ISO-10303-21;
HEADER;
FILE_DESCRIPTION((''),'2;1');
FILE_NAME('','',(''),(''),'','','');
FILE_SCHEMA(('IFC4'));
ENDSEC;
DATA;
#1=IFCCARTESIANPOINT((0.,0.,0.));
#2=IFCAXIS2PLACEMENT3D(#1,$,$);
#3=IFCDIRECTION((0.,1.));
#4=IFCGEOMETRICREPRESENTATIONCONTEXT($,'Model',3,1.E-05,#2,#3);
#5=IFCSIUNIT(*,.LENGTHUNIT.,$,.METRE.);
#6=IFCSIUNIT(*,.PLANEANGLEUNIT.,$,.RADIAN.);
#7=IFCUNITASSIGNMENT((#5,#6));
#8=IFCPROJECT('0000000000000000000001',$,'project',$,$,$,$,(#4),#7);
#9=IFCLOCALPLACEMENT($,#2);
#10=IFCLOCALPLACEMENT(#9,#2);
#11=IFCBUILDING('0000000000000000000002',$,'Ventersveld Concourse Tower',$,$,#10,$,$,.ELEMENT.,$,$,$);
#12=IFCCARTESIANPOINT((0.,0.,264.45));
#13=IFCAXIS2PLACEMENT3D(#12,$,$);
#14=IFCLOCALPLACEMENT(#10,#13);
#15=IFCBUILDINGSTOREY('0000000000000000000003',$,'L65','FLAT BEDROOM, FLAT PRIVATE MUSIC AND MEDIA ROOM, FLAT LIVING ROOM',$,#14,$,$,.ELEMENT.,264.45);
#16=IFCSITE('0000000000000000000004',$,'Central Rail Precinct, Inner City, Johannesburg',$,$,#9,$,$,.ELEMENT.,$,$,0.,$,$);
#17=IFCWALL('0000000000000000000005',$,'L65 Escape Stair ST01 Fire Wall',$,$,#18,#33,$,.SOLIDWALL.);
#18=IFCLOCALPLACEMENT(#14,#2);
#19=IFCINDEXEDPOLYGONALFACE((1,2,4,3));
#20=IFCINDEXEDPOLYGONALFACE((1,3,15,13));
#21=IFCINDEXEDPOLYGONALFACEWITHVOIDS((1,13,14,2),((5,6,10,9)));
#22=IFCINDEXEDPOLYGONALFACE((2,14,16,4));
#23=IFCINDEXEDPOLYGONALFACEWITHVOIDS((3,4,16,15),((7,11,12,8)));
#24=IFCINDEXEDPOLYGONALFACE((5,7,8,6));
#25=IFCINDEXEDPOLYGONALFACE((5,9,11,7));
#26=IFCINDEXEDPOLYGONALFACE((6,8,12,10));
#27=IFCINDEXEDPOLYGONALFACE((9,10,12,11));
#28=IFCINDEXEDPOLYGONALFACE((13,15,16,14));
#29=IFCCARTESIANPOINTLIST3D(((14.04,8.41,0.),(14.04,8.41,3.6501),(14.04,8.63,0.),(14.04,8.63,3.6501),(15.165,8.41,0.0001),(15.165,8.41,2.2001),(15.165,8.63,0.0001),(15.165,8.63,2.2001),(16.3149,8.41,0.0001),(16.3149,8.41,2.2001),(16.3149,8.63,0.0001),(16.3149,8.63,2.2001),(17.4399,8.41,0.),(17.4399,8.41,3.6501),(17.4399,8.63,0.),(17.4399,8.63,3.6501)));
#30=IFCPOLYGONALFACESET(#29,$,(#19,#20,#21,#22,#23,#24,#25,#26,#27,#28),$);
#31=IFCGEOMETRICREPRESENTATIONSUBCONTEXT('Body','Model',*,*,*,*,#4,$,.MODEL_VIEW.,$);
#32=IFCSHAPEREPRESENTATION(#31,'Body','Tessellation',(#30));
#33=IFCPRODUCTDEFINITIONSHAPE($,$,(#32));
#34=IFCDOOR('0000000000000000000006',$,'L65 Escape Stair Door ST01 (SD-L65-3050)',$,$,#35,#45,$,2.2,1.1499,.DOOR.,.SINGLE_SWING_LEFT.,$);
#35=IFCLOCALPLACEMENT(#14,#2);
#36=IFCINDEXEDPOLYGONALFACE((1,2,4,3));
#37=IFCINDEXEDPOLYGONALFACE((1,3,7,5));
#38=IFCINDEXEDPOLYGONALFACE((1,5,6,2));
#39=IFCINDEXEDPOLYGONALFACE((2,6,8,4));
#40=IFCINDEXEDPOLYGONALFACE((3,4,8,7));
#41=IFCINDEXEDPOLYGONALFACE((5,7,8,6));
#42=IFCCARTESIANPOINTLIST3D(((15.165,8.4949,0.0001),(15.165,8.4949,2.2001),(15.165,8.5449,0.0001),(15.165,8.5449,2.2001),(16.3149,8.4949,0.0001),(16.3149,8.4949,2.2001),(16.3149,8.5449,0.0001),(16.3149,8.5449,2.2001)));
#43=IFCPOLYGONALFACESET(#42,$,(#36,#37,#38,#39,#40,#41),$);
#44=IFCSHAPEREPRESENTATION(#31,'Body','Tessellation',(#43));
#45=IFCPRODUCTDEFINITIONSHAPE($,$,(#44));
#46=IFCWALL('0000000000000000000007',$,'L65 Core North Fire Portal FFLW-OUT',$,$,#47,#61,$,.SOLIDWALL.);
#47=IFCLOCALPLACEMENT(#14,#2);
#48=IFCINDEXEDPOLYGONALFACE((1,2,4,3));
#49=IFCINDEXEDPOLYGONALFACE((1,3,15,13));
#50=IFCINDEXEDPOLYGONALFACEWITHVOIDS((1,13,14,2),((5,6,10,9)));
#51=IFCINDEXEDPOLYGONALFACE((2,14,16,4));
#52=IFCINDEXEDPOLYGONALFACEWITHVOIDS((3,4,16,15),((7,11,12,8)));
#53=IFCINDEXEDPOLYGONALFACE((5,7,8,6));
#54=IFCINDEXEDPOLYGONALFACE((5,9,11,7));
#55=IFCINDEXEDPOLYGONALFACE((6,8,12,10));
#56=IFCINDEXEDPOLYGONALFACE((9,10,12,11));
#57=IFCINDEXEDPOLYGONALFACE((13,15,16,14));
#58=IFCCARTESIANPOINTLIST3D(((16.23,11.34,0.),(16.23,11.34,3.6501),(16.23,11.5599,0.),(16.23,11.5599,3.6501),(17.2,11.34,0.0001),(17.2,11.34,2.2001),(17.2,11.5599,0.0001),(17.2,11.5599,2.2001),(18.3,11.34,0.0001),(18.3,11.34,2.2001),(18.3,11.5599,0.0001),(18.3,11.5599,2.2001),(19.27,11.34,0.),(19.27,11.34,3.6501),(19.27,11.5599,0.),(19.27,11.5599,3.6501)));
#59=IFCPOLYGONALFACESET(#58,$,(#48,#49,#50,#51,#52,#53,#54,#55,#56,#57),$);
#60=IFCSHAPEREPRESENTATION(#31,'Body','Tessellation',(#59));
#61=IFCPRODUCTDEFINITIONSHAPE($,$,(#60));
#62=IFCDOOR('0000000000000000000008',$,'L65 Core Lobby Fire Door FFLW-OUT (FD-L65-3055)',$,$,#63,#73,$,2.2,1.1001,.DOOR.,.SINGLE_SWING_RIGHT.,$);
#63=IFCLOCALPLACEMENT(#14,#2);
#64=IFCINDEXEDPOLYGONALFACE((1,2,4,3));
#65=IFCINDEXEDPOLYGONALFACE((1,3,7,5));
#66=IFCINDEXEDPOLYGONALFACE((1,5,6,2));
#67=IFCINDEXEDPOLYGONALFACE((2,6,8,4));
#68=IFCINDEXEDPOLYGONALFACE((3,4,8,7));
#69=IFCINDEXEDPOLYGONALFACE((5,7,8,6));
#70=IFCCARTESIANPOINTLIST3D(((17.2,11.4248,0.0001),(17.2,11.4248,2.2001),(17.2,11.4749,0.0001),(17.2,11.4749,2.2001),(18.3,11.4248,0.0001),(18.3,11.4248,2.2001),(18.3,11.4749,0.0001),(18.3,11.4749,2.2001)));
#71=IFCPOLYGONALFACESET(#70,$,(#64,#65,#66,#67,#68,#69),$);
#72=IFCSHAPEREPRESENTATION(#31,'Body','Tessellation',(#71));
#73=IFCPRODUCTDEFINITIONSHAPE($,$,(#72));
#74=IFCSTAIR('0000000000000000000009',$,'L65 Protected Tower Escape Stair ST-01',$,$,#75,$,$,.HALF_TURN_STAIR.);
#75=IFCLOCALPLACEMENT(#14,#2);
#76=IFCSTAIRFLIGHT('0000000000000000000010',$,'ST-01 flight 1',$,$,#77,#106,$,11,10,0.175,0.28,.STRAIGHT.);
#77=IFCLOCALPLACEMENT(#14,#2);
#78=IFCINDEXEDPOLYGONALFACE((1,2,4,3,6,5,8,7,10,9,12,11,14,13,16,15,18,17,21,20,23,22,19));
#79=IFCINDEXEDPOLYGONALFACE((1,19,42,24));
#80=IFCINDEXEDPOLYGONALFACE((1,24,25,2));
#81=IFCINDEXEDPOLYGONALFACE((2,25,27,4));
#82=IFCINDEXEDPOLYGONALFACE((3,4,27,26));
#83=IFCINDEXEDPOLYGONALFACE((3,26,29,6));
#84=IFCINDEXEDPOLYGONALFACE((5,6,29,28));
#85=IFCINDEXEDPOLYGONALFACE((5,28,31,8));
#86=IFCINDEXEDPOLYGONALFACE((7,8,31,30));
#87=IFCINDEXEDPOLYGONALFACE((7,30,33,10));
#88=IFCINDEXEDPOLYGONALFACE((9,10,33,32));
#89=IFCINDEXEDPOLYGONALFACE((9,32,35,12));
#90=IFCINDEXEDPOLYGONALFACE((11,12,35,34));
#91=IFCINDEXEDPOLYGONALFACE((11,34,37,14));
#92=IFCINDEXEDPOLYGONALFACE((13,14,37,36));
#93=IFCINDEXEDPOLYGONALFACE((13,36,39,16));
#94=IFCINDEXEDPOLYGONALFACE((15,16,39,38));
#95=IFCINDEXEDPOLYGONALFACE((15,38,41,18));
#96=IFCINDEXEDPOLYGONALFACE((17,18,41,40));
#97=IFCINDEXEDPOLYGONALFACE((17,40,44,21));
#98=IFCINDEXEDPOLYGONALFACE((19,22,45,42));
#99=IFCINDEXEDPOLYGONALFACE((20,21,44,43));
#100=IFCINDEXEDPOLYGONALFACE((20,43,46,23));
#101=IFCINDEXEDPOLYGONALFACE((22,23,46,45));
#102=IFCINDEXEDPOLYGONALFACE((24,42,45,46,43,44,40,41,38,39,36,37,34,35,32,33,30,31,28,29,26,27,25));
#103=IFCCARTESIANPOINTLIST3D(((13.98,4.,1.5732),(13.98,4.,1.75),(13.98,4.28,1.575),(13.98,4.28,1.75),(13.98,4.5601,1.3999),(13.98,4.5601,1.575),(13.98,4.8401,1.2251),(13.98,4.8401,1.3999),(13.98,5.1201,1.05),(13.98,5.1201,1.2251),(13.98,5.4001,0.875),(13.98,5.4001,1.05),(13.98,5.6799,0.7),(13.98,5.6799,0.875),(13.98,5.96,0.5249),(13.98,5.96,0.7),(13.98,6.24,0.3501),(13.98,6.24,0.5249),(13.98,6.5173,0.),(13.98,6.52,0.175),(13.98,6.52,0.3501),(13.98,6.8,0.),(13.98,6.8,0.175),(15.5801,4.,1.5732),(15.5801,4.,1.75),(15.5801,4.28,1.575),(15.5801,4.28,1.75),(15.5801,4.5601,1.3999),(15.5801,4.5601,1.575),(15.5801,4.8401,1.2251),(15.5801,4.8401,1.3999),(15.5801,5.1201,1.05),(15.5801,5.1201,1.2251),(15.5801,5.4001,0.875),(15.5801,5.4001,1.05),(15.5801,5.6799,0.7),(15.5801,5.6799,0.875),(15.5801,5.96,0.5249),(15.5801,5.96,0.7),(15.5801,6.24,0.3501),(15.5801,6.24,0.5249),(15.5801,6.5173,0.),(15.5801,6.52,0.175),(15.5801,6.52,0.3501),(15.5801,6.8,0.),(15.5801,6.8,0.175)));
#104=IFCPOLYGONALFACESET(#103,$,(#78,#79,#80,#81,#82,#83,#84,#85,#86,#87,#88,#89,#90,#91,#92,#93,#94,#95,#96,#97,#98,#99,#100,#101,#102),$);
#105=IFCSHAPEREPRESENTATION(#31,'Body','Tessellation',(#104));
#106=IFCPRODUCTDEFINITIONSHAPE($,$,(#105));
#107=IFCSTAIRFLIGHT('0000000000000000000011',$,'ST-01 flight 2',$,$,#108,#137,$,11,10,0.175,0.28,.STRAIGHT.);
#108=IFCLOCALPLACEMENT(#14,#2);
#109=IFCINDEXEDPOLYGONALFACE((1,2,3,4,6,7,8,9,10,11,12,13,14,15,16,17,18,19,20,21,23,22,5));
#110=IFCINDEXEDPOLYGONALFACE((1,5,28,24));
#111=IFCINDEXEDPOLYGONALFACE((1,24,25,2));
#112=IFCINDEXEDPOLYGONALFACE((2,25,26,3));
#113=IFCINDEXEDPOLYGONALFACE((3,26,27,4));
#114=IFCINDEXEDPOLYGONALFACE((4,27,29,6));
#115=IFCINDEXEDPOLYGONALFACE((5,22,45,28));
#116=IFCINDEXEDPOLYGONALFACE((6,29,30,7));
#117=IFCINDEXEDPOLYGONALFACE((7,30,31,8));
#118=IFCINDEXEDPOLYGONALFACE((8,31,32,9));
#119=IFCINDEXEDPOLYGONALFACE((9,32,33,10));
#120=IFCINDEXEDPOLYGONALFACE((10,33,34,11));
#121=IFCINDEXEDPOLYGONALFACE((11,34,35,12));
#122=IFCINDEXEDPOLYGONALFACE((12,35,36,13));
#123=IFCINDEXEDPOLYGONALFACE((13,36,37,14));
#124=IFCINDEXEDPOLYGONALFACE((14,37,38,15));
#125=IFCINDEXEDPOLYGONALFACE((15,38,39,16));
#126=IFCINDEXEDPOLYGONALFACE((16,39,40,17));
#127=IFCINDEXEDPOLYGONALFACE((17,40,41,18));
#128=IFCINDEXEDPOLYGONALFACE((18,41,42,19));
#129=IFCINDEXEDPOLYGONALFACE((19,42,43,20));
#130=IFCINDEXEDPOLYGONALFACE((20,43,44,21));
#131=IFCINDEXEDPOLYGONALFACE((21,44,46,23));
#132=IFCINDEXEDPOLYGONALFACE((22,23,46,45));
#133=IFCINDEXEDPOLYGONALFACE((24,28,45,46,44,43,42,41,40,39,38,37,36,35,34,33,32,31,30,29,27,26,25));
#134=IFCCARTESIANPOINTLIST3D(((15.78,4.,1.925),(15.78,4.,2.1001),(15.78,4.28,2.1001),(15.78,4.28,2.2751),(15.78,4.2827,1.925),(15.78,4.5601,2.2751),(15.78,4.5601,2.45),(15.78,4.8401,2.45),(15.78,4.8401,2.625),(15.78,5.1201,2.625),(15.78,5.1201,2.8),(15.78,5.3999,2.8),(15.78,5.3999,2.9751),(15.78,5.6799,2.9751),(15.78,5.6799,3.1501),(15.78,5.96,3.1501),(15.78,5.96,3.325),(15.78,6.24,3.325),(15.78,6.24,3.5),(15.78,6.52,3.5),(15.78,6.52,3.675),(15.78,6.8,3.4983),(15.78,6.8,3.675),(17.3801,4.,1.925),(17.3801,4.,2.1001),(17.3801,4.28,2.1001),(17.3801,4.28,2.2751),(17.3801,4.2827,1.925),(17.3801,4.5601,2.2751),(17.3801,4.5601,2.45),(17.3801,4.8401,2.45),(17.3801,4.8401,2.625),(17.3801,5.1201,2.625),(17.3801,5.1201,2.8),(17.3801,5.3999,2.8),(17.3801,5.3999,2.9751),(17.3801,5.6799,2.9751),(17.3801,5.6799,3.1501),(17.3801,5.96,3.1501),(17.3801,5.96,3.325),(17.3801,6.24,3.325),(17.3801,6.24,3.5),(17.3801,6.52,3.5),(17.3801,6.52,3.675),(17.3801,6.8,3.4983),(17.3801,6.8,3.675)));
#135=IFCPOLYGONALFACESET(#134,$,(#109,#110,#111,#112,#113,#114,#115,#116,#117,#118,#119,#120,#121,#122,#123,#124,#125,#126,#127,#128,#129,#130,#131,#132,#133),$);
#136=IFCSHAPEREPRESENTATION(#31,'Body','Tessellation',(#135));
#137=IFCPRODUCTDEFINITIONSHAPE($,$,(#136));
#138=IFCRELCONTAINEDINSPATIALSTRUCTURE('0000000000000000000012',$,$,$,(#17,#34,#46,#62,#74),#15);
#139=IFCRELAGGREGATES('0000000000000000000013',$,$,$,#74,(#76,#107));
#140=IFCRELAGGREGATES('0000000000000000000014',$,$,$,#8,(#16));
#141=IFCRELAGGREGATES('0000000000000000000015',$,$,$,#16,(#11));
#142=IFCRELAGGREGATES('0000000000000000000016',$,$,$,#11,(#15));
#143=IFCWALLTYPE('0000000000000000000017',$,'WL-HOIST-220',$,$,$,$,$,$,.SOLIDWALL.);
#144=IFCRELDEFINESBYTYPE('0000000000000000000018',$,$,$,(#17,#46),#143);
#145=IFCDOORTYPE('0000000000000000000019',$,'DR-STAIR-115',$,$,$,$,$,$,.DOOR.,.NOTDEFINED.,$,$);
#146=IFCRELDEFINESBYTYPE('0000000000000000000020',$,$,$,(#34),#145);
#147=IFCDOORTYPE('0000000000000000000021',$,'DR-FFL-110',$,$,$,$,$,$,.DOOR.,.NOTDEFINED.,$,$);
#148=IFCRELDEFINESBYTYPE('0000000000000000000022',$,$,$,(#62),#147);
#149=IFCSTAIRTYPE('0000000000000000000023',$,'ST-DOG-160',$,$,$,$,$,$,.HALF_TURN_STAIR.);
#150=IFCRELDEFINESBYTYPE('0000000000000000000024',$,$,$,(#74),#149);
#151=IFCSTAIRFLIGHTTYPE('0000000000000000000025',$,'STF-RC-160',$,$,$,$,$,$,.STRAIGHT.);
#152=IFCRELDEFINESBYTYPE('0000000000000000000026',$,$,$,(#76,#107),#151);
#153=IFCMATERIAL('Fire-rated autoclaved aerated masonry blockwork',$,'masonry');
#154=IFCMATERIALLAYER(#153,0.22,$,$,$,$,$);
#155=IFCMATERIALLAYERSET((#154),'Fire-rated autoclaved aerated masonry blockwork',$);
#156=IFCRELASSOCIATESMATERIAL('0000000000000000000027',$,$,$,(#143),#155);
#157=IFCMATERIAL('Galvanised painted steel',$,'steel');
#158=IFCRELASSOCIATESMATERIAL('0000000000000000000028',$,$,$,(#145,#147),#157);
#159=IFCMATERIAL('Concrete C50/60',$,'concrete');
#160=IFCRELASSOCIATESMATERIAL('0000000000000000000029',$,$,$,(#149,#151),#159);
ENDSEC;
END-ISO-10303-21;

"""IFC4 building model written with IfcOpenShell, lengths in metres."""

from ifc_helpers import new_model, si_unit, direction, frame, frame_2d, origin, place, context, subcontext, project, spatial, polyline, rectangle, outline, extrude, material, layer, layer_set, type_object, element, fill, aggregate, save


model = new_model("IFC4")

# Units and contexts
model_context = context("Model", 3, precision=1e-05, world=origin(), true_north=direction((0.0, 1.0)))
body_context = subcontext(model_context, "Body", "Model", "MODEL_VIEW")
ifc_project = project(units=[si_unit("LENGTHUNIT", "METRE"), si_unit("PLANEANGLEUNIT", "RADIAN")], contexts=[model_context])

# Site, building, storey
site_placement = place(None, origin())
site = spatial("IfcSite", under=ifc_project, at=site_placement, Name="Central Rail Precinct, Inner City, Johannesburg", CompositionType="ELEMENT", RefElevation=0.0)
building_placement = place(site_placement, origin())
building = spatial("IfcBuilding", under=site, at=building_placement, Name="Ventersveld Concourse Tower", CompositionType="ELEMENT")
storey_placement = place(building_placement, frame((0.0, 0.0, 264.45)))
storey = spatial("IfcBuildingStorey", under=building, at=storey_placement, Name="L65", Description="FLAT BEDROOM, FLAT PRIVATE MUSIC AND MEDIA ROOM, FLAT LIVING ROOM", CompositionType="ELEMENT", Elevation=264.45)

# Shared definitions
ifc_material_1 = material(Name="Concrete C50/60", Category="concrete")

# Shared definitions
ifc_material_2 = material(Name="Fire-rated autoclaved aerated masonry blockwork", Category="masonry")
ifc_layer_1 = layer(ifc_material_2, 0.22)
ifc_layer_set_1 = layer_set([ifc_layer_1], Name="Fire-rated autoclaved aerated masonry blockwork")
wall_type_1 = type_object("IfcWallType", Name="WL-HOIST-220", PredefinedType="SOLIDWALL", material=ifc_layer_set_1)

# Walls, openings, doors
wall_1_placement = place(storey_placement, frame((14.04, 8.52, 0.0), z_axis=(0.0, 0.0, 1.0), x_axis=(1.0, 0.0, 0.0)))
wall_1 = element("IfcWall", 1, at=wall_1_placement, inside=storey, type_object=wall_type_1, Name="L65 Escape Stair ST01 Fire Wall", PredefinedType="SOLIDWALL", context=body_context, shape_type="SweptSolid", body=[
    extrude(rectangle(XDim=3.3999, YDim=0.22, at=frame_2d((1.7, 0.0))), origin(), (0.0, 0.0, 1.0), 3.6501),
])
opening_1_placement = place(wall_1_placement, frame((1.125, 0.0, 0.0)))
opening_1 = element("IfcOpeningElement", 2, at=opening_1_placement, cuts=wall_1, PredefinedType="OPENING", context=body_context, shape_type="SweptSolid", body=[
    extrude(rectangle(XDim=1.1499, YDim=2.2, at=frame_2d((0.575, 1.1001))), frame((0.0, 0.1201, 0.0), z_axis=(0.0, -1.0, 0.0), x_axis=(1.0, 0.0, 0.0)), (0.0, 0.0, 1.0), 0.24),
])
ifc_material_3 = material(Name="Galvanised painted steel", Category="steel")
door_type_1 = type_object("IfcDoorType", Name="DR-STAIR-115", OperationType="NOTDEFINED", PredefinedType="DOOR", material=ifc_material_3)
door_1_placement = place(opening_1_placement, origin())
door_1 = element("IfcDoor", 3, at=door_1_placement, inside=storey, type_object=door_type_1, Name="L65 Escape Stair Door ST01 (SD-L65-3050)", OperationType="SINGLE_SWING_LEFT", OverallHeight=2.2, OverallWidth=1.1499, PredefinedType="DOOR", context=body_context, shape_type="SweptSolid", body=[
    extrude(rectangle(XDim=1.1499, YDim=2.2, at=frame_2d((0.575, 1.1001))), frame((0.0, 0.0249, 0.0), z_axis=(0.0, -1.0, 0.0), x_axis=(1.0, 0.0, 0.0)), (0.0, 0.0, 1.0), 0.05),
])
fill(opening_1, door_1)
wall_2_placement = place(storey_placement, frame((16.23, 11.45, 0.0), z_axis=(0.0, 0.0, 1.0), x_axis=(1.0, 0.0, 0.0)))
wall_2 = element("IfcWall", 4, at=wall_2_placement, inside=storey, type_object=wall_type_1, Name="L65 Core North Fire Portal FFLW-OUT", PredefinedType="SOLIDWALL", context=body_context, shape_type="SweptSolid", body=[
    extrude(rectangle(XDim=3.04, YDim=0.22, at=frame_2d((1.52, 0.0))), origin(), (0.0, 0.0, 1.0), 3.6501),
])
opening_2_placement = place(wall_2_placement, frame((0.97, 0.0, 0.0)))
opening_2 = element("IfcOpeningElement", 5, at=opening_2_placement, cuts=wall_2, PredefinedType="OPENING", context=body_context, shape_type="SweptSolid", body=[
    extrude(rectangle(XDim=1.1001, YDim=2.2, at=frame_2d((0.55, 1.1001))), frame((0.0, 0.1201, 0.0), z_axis=(0.0, -1.0, 0.0), x_axis=(1.0, 0.0, 0.0)), (0.0, 0.0, 1.0), 0.24),
])
door_type_2 = type_object("IfcDoorType", Name="DR-FFL-110", OperationType="NOTDEFINED", PredefinedType="DOOR", material=ifc_material_3)
door_2_placement = place(opening_2_placement, origin())
door_2 = element("IfcDoor", 6, at=door_2_placement, inside=storey, type_object=door_type_2, Name="L65 Core Lobby Fire Door FFLW-OUT (FD-L65-3055)", OperationType="SINGLE_SWING_RIGHT", OverallHeight=2.2, OverallWidth=1.1001, PredefinedType="DOOR", context=body_context, shape_type="SweptSolid", body=[
    extrude(rectangle(XDim=1.1001, YDim=2.2, at=frame_2d((0.55, 1.1001))), frame((0.0, 0.0249, 0.0), z_axis=(0.0, -1.0, 0.0), x_axis=(1.0, 0.0, 0.0)), (0.0, 0.0, 1.0), 0.05),
])
fill(opening_2, door_2)

# Stair, stair flights
stair_type = type_object("IfcStairType", Name="ST-DOG-160", PredefinedType="HALF_TURN_STAIR", material=ifc_material_1)
stair_placement = place(storey_placement, origin())
stair = element("IfcStair", 7, at=stair_placement, inside=storey, type_object=stair_type, Name="L65 Protected Tower Escape Stair ST-01", PredefinedType="HALF_TURN_STAIR")
stair_flight_type = type_object("IfcStairFlightType", Name="STF-RC-160", PredefinedType="STRAIGHT", material=ifc_material_1)
stair_flight_1_placement = place(storey_placement, frame((14.78, 6.8, 0.0), z_axis=(0.0, 0.0, 1.0), x_axis=(0.0, -1.0, 0.0)))
stair_flight_1 = element("IfcStairFlight", 8, at=stair_flight_1_placement, type_object=stair_flight_type, Name="ST-01 flight 1", NumberOfRisers=11, NumberOfTreads=10, PredefinedType="STRAIGHT", RiserHeight=0.175, TreadLength=0.28, context=body_context, shape_type="SweptSolid", body=[
    extrude(outline(polyline([(0.0, 0.0), (0.0, 0.175), (0.28, 0.175), (0.28, 0.3501), (0.5601, 0.3501), (0.5601, 0.5249), (0.8401, 0.5249), (0.8401, 0.7), (1.1201, 0.7), (1.1201, 0.875), (1.3999, 0.875), (1.3999, 1.05), (1.6799, 1.05), (1.6799, 1.2251), (1.96, 1.2251), (1.96, 1.3999), (2.24, 1.3999), (2.24, 1.575), (2.52, 1.575), (2.52, 1.75), (2.8, 1.75), (2.8, 1.925), (2.8, 1.5732), (0.2827, 0.0), (0.0, 0.0)])), frame((0.0, 0.8, 0.0), z_axis=(0.0, -1.0, 0.0), x_axis=(1.0, 0.0, 0.0)), (0.0, 0.0, 1.0), 1.6001),
])
stair_flight_2_placement = place(storey_placement, frame((16.5801, 4.0, 1.925), z_axis=(0.0, 0.0, 1.0), x_axis=(0.0, 1.0, 0.0)))
stair_flight_2 = element("IfcStairFlight", 9, at=stair_flight_2_placement, type_object=stair_flight_type, Name="ST-01 flight 2", NumberOfRisers=11, NumberOfTreads=10, PredefinedType="STRAIGHT", RiserHeight=0.175, TreadLength=0.28, context=body_context, shape_type="SweptSolid", body=[
    extrude(outline(polyline([(0.0, 0.0), (0.0, 0.175), (0.28, 0.175), (0.28, 0.3501), (0.5601, 0.3501), (0.5601, 0.5249), (0.8401, 0.5249), (0.8401, 0.7), (1.1201, 0.7), (1.1201, 0.875), (1.3999, 0.875), (1.3999, 1.05), (1.6799, 1.05), (1.6799, 1.2251), (1.96, 1.2251), (1.96, 1.3999), (2.24, 1.3999), (2.24, 1.575), (2.52, 1.575), (2.52, 1.75), (2.8, 1.75), (2.8, 1.925), (2.8, 1.5732), (0.2827, 0.0), (0.0, 0.0)])), frame((0.0, 0.8, 0.0), z_axis=(0.0, -1.0, 0.0), x_axis=(1.0, 0.0, 0.0)), (0.0, 0.0, 1.0), 1.6001),
])
aggregate(stair, [stair_flight_1, stair_flight_2])

save(model, "model.ifc")
